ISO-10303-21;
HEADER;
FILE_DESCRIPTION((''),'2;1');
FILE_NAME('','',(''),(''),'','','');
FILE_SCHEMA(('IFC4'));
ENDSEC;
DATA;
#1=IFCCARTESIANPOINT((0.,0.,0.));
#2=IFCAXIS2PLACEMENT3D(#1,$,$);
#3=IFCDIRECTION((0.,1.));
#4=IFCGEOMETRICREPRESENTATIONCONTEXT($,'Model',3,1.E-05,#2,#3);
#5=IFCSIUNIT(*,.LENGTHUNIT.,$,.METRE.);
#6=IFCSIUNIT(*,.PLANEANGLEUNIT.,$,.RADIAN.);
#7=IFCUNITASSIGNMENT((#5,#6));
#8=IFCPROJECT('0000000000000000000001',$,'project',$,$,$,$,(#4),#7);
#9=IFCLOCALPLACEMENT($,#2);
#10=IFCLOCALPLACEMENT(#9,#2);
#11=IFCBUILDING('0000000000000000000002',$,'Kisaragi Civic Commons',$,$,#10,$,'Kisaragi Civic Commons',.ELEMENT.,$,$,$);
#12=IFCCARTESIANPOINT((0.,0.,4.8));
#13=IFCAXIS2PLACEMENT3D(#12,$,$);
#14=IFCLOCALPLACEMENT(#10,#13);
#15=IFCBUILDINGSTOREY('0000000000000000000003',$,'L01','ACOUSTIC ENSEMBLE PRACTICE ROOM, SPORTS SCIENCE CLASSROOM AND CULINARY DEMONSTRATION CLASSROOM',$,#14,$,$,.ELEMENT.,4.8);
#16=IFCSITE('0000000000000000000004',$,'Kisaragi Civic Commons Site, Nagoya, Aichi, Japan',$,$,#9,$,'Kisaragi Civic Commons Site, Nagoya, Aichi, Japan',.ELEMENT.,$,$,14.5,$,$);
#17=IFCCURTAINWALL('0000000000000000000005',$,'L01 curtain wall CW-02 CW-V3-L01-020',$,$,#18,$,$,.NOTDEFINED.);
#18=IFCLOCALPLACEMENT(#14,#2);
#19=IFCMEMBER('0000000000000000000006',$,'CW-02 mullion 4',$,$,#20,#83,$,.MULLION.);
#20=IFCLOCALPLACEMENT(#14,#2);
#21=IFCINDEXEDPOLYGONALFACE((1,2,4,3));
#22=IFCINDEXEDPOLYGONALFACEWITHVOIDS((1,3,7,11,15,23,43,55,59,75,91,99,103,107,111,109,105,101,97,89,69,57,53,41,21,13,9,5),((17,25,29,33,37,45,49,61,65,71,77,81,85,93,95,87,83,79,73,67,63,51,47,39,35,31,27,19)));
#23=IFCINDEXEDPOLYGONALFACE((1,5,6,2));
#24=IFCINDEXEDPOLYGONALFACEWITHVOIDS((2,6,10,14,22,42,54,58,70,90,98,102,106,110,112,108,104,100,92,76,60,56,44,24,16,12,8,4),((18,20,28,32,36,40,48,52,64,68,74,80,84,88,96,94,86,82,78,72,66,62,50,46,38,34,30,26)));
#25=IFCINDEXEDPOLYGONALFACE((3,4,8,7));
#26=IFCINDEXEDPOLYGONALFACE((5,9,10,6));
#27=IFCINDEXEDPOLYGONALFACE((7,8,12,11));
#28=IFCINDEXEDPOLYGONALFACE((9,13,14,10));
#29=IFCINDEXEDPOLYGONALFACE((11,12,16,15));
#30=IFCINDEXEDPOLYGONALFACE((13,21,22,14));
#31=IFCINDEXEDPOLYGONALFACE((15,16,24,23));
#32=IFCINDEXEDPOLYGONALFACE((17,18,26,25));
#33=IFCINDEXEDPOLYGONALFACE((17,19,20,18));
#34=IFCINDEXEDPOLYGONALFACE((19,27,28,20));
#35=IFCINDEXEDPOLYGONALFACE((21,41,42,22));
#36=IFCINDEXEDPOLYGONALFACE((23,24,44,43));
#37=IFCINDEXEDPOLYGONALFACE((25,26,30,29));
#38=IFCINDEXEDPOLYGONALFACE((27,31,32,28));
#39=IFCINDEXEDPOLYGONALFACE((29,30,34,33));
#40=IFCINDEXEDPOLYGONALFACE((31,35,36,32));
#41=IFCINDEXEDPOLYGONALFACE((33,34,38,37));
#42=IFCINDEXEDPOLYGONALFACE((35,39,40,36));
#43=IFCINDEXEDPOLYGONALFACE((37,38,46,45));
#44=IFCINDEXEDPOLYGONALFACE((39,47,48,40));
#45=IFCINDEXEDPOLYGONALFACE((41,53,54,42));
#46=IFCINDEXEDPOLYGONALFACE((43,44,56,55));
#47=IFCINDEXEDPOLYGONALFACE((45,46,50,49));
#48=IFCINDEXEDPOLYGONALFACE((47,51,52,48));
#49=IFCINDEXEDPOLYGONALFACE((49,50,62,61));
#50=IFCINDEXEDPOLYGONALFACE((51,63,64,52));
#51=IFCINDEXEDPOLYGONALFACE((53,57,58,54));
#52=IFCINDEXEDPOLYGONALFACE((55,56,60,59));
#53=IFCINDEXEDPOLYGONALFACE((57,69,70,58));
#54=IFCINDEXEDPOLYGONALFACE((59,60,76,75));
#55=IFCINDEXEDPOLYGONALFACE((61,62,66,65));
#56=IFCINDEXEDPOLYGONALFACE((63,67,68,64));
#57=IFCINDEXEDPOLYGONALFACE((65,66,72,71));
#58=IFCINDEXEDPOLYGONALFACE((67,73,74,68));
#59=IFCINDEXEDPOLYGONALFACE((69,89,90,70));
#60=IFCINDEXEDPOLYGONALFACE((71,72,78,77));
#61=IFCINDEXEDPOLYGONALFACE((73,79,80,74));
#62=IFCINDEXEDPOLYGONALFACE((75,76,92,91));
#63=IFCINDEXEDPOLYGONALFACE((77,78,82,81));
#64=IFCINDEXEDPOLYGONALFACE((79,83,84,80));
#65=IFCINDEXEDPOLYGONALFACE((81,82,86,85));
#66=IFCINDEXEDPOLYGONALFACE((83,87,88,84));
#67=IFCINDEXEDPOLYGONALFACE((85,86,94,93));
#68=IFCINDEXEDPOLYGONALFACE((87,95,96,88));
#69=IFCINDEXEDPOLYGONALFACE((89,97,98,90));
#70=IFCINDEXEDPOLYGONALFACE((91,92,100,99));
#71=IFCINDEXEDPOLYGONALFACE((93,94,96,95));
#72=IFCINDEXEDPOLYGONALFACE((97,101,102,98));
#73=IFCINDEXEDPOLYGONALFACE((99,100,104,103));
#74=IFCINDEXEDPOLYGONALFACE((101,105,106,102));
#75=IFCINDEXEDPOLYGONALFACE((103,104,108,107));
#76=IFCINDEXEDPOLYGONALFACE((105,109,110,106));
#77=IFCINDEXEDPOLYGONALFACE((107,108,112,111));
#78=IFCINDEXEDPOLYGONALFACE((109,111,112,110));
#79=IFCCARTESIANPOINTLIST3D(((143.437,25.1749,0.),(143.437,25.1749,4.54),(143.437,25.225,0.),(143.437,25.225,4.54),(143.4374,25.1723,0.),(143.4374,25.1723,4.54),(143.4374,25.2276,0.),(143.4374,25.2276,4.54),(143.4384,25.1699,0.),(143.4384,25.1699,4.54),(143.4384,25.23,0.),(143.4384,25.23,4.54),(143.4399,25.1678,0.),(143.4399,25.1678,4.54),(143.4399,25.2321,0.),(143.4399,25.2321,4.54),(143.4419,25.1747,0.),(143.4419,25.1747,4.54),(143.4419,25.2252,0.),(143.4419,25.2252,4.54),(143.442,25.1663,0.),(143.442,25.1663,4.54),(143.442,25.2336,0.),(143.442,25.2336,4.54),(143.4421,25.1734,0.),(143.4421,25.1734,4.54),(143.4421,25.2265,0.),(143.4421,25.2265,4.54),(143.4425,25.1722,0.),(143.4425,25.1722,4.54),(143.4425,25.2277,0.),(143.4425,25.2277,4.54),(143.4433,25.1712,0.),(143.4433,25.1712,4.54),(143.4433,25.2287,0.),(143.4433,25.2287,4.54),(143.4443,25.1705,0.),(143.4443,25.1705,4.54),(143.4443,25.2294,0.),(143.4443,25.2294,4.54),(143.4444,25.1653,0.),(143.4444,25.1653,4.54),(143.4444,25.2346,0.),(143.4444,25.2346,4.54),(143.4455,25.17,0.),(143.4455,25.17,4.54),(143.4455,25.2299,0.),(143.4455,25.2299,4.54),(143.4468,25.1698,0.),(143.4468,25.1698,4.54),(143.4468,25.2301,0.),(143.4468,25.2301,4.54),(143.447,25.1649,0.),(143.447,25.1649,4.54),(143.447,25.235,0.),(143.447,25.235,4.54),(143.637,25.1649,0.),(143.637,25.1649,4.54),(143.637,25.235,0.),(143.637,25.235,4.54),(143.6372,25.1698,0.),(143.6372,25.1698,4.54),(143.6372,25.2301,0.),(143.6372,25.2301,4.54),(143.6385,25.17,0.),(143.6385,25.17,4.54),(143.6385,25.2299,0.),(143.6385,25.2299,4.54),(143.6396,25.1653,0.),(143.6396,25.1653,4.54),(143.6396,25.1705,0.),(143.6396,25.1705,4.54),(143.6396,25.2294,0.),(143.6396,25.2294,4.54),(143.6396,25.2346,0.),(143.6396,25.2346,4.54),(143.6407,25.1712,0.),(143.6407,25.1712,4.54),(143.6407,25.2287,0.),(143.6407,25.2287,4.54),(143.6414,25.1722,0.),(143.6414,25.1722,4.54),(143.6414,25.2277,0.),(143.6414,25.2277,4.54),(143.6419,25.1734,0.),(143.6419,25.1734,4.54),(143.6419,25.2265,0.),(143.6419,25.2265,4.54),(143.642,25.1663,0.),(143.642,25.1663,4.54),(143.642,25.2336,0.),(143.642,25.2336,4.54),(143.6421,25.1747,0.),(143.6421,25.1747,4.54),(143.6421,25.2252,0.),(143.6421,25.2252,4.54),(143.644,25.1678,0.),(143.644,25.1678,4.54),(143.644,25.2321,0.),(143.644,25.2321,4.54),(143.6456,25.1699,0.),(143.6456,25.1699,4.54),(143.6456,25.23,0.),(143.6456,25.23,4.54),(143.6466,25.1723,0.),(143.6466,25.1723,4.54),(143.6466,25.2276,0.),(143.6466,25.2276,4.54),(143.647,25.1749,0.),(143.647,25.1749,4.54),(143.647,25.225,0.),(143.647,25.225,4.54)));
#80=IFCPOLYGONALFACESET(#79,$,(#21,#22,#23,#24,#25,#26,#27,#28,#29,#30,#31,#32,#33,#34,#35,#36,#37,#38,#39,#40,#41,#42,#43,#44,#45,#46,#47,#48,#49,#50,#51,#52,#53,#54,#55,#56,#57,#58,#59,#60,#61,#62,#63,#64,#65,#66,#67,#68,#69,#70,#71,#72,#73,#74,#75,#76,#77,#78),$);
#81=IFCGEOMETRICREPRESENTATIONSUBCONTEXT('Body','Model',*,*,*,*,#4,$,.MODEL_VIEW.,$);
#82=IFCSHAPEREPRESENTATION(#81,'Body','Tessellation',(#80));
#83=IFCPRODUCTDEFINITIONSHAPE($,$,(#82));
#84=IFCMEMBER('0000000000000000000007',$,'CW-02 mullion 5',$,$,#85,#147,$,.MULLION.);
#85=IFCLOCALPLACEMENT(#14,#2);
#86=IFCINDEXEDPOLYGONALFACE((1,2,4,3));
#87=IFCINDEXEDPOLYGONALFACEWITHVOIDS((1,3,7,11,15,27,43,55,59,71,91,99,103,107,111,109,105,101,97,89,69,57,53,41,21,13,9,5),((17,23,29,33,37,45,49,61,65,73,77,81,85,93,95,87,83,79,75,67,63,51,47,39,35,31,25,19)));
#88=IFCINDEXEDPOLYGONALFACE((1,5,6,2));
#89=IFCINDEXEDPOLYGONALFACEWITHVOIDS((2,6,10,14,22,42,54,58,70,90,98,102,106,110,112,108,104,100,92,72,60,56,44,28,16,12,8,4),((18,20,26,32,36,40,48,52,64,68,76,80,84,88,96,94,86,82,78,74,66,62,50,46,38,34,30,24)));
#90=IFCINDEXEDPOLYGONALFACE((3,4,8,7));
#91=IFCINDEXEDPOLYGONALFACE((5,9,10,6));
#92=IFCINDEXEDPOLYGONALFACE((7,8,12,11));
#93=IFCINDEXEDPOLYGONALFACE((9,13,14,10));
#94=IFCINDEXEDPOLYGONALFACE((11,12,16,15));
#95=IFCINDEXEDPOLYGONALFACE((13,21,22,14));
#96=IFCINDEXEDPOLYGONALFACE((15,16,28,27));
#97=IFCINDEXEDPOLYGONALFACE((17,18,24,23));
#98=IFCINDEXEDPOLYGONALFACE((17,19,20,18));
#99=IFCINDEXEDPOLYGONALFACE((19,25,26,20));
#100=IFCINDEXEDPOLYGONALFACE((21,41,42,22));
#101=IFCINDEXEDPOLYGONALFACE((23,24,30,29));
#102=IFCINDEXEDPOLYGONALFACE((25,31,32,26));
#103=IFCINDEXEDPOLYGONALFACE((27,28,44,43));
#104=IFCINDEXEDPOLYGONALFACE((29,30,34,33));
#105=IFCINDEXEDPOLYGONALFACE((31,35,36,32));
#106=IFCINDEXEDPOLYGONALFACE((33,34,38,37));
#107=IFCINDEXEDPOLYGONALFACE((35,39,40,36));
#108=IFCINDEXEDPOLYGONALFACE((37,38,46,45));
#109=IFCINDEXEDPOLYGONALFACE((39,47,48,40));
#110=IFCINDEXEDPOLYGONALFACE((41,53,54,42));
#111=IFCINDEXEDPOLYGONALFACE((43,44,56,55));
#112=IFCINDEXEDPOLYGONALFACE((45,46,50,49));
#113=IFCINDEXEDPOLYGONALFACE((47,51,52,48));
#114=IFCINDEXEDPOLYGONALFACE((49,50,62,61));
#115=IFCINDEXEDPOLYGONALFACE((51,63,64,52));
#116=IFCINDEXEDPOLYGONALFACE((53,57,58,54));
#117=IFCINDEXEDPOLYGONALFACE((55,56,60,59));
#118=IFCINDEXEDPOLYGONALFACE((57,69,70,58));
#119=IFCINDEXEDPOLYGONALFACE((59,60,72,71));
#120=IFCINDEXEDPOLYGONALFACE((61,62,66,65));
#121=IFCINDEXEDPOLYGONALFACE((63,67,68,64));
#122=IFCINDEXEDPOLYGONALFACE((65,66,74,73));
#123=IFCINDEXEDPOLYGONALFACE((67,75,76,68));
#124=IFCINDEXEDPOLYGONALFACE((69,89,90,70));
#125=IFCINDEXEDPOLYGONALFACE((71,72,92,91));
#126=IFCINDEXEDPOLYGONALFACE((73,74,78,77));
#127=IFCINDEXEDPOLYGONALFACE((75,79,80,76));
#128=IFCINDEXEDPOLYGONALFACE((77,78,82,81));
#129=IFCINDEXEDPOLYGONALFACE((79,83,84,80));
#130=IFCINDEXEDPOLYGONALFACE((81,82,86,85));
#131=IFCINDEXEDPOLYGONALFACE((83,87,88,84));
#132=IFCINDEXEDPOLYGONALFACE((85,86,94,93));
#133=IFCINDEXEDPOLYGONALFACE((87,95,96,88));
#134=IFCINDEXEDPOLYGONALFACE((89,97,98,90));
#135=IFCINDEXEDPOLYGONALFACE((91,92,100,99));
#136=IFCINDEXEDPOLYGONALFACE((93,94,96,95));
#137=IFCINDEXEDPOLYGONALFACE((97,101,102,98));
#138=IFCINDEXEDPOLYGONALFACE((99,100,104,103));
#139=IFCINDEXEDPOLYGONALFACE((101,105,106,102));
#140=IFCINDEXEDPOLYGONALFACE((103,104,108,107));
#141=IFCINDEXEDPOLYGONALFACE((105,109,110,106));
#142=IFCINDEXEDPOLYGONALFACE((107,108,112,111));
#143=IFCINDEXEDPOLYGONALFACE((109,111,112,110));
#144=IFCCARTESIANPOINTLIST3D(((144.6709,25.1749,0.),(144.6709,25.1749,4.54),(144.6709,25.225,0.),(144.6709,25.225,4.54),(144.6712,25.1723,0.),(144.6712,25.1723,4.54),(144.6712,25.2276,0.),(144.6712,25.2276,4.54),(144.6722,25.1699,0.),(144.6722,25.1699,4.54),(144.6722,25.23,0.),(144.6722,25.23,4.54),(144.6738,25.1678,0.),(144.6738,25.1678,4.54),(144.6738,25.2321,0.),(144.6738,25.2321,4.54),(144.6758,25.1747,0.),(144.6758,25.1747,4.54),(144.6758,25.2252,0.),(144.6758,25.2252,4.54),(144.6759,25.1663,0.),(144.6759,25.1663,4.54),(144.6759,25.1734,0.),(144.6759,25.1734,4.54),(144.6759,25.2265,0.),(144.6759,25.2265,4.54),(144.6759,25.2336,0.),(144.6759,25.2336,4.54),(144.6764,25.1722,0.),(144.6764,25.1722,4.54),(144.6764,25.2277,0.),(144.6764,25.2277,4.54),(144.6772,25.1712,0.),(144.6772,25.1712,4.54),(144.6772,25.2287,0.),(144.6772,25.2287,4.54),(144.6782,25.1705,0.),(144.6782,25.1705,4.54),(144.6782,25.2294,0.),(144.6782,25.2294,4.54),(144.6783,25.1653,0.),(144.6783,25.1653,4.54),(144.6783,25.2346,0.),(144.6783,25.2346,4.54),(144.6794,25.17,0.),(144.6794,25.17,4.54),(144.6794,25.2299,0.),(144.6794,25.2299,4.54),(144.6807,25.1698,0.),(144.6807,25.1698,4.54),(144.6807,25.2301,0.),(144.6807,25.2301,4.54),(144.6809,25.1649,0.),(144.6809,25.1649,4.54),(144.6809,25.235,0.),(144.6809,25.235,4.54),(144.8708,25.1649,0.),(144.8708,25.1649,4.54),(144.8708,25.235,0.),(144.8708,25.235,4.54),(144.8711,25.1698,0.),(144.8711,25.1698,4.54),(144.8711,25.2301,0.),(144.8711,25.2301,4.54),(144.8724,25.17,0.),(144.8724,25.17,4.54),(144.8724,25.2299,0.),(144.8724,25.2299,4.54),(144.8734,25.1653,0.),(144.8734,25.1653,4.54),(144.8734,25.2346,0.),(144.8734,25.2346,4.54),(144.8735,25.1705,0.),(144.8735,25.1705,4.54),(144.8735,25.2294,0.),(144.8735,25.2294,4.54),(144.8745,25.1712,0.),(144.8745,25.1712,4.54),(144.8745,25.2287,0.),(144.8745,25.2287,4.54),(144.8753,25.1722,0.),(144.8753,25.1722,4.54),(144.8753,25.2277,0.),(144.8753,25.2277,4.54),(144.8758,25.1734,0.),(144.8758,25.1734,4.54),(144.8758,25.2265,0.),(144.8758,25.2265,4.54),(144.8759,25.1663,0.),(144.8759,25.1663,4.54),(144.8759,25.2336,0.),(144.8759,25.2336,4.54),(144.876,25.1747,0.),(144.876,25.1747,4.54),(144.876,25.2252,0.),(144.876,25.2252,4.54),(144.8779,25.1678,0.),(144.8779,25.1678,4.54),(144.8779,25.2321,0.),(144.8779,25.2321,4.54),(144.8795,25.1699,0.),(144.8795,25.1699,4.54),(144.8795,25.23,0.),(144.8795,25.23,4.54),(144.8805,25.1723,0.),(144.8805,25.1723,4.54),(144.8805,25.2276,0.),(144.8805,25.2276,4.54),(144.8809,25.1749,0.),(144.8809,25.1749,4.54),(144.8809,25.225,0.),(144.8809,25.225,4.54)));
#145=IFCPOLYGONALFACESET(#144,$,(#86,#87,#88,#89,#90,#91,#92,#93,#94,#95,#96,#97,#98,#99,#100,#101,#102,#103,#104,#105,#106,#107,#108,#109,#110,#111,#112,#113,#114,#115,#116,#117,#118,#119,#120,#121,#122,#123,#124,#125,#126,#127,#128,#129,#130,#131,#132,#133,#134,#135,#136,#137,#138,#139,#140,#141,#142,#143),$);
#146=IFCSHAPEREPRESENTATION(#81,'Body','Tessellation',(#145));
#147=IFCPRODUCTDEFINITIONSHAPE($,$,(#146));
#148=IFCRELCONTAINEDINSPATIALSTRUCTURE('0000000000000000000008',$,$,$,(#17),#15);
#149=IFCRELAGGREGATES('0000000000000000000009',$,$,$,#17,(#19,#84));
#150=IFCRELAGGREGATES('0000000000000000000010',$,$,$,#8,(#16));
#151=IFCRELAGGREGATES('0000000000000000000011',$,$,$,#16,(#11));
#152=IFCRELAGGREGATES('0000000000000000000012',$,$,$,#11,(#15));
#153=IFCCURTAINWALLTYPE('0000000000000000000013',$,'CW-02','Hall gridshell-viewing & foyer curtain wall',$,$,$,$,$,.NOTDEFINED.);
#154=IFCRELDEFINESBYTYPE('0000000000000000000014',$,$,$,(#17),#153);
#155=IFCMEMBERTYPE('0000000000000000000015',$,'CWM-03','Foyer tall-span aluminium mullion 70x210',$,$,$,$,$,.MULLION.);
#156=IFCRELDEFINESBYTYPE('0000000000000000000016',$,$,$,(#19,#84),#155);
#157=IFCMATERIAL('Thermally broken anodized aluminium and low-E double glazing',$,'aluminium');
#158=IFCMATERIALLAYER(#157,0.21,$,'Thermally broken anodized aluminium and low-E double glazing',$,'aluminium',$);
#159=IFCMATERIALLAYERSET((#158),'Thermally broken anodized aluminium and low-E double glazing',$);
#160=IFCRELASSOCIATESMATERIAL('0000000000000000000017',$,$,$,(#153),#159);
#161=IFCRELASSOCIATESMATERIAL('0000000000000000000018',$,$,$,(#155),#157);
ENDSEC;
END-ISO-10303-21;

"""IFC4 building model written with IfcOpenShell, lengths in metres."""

from ifc_helpers import new_model, si_unit, direction, frame, origin, origin_2d, place, context, subcontext, project, spatial, hollow_rectangle, extrude, material, layer, layer_set, material_profile, profile_set, type_object, element, aggregate, save


model = new_model("IFC4")

# Units and contexts
model_context = context("Model", 3, precision=1e-05, world=origin(), true_north=direction((0.0, 1.0)))
body_context = subcontext(model_context, "Body", "Model", "MODEL_VIEW")
ifc_project = project(units=[si_unit("LENGTHUNIT", "METRE"), si_unit("PLANEANGLEUNIT", "RADIAN")], contexts=[model_context])

# Site, building, storey
site_placement = place(None, origin())
site = spatial("IfcSite", under=ifc_project, at=site_placement, Name="Kisaragi Civic Commons Site, Nagoya, Aichi, Japan", LongName="Kisaragi Civic Commons Site, Nagoya, Aichi, Japan", CompositionType="ELEMENT", RefElevation=14.5)
building_placement = place(site_placement, origin())
building = spatial("IfcBuilding", under=site, at=building_placement, Name="Kisaragi Civic Commons", LongName="Kisaragi Civic Commons", CompositionType="ELEMENT")
storey_placement = place(building_placement, frame((0.0, 0.0, 4.8)))
storey = spatial("IfcBuildingStorey", under=building, at=storey_placement, Name="L01", Description="ACOUSTIC ENSEMBLE PRACTICE ROOM, SPORTS SCIENCE CLASSROOM AND CULINARY DEMONSTRATION CLASSROOM", CompositionType="ELEMENT", Elevation=4.8)

# Curtain wall, members
ifc_material = material(Name="Thermally broken anodized aluminium and low-E double glazing", Category="aluminium")
ifc_layer_1 = layer(ifc_material, 0.21, Name="Thermally broken anodized aluminium and low-E double glazing", Category="aluminium")
ifc_layer_set_1 = layer_set([ifc_layer_1], Name="Thermally broken anodized aluminium and low-E double glazing")
curtain_wall_type = type_object("IfcCurtainWallType", Name="CW-02", Description="Hall gridshell-viewing & foyer curtain wall", PredefinedType="NOTDEFINED", material=ifc_layer_set_1)
curtain_wall_placement = place(storey_placement, origin())
curtain_wall = element("IfcCurtainWall", 1, at=curtain_wall_placement, inside=storey, type_object=curtain_wall_type, Name="L01 curtain wall CW-02 CW-V3-L01-020", PredefinedType="NOTDEFINED")
ifc_material_profile_1 = material_profile(ifc_material, hollow_rectangle(XDim=0.0701, YDim=0.21, WallThickness=0.0049, InnerFilletRadius=0.0049, OuterFilletRadius=0.01, at=origin_2d()), Name="CWM-70x210x5", Category="aluminium")
ifc_profile_set_1 = profile_set([ifc_material_profile_1], Name="Thermally broken anodized aluminium and low-E double glazing")
member_type_1 = type_object("IfcMemberType", Name="CWM-03", Description="Foyer tall-span aluminium mullion 70x210", PredefinedType="MULLION", material=ifc_profile_set_1)
member_1_placement = place(storey_placement, frame((143.542, 25.2, 0.0), z_axis=(0.0, 0.0, 1.0), x_axis=(0.0, 1.0, 0.0)))
member_1 = element("IfcMember", 2, at=member_1_placement, type_object=member_type_1, Name="CW-02 mullion 4", PredefinedType="MULLION", context=body_context, shape_type="SweptSolid", body=[
    extrude(hollow_rectangle(XDim=0.0701, YDim=0.21, WallThickness=0.0049, InnerFilletRadius=0.0049, OuterFilletRadius=0.01, at=origin_2d()), origin(), (0.0, 0.0, 1.0), 4.54),
])
member_2_placement = place(storey_placement, frame((144.7759, 25.2, 0.0), z_axis=(0.0, 0.0, 1.0), x_axis=(0.0, 1.0, 0.0)))
member_2 = element("IfcMember", 3, at=member_2_placement, type_object=member_type_1, Name="CW-02 mullion 5", PredefinedType="MULLION", context=body_context, shape_type="SweptSolid", body=[
    extrude(hollow_rectangle(XDim=0.0701, YDim=0.21, WallThickness=0.0049, InnerFilletRadius=0.0049, OuterFilletRadius=0.01, at=origin_2d()), origin(), (0.0, 0.0, 1.0), 4.54),
])
aggregate(curtain_wall, [member_1, member_2])

save(model, "model.ifc")
